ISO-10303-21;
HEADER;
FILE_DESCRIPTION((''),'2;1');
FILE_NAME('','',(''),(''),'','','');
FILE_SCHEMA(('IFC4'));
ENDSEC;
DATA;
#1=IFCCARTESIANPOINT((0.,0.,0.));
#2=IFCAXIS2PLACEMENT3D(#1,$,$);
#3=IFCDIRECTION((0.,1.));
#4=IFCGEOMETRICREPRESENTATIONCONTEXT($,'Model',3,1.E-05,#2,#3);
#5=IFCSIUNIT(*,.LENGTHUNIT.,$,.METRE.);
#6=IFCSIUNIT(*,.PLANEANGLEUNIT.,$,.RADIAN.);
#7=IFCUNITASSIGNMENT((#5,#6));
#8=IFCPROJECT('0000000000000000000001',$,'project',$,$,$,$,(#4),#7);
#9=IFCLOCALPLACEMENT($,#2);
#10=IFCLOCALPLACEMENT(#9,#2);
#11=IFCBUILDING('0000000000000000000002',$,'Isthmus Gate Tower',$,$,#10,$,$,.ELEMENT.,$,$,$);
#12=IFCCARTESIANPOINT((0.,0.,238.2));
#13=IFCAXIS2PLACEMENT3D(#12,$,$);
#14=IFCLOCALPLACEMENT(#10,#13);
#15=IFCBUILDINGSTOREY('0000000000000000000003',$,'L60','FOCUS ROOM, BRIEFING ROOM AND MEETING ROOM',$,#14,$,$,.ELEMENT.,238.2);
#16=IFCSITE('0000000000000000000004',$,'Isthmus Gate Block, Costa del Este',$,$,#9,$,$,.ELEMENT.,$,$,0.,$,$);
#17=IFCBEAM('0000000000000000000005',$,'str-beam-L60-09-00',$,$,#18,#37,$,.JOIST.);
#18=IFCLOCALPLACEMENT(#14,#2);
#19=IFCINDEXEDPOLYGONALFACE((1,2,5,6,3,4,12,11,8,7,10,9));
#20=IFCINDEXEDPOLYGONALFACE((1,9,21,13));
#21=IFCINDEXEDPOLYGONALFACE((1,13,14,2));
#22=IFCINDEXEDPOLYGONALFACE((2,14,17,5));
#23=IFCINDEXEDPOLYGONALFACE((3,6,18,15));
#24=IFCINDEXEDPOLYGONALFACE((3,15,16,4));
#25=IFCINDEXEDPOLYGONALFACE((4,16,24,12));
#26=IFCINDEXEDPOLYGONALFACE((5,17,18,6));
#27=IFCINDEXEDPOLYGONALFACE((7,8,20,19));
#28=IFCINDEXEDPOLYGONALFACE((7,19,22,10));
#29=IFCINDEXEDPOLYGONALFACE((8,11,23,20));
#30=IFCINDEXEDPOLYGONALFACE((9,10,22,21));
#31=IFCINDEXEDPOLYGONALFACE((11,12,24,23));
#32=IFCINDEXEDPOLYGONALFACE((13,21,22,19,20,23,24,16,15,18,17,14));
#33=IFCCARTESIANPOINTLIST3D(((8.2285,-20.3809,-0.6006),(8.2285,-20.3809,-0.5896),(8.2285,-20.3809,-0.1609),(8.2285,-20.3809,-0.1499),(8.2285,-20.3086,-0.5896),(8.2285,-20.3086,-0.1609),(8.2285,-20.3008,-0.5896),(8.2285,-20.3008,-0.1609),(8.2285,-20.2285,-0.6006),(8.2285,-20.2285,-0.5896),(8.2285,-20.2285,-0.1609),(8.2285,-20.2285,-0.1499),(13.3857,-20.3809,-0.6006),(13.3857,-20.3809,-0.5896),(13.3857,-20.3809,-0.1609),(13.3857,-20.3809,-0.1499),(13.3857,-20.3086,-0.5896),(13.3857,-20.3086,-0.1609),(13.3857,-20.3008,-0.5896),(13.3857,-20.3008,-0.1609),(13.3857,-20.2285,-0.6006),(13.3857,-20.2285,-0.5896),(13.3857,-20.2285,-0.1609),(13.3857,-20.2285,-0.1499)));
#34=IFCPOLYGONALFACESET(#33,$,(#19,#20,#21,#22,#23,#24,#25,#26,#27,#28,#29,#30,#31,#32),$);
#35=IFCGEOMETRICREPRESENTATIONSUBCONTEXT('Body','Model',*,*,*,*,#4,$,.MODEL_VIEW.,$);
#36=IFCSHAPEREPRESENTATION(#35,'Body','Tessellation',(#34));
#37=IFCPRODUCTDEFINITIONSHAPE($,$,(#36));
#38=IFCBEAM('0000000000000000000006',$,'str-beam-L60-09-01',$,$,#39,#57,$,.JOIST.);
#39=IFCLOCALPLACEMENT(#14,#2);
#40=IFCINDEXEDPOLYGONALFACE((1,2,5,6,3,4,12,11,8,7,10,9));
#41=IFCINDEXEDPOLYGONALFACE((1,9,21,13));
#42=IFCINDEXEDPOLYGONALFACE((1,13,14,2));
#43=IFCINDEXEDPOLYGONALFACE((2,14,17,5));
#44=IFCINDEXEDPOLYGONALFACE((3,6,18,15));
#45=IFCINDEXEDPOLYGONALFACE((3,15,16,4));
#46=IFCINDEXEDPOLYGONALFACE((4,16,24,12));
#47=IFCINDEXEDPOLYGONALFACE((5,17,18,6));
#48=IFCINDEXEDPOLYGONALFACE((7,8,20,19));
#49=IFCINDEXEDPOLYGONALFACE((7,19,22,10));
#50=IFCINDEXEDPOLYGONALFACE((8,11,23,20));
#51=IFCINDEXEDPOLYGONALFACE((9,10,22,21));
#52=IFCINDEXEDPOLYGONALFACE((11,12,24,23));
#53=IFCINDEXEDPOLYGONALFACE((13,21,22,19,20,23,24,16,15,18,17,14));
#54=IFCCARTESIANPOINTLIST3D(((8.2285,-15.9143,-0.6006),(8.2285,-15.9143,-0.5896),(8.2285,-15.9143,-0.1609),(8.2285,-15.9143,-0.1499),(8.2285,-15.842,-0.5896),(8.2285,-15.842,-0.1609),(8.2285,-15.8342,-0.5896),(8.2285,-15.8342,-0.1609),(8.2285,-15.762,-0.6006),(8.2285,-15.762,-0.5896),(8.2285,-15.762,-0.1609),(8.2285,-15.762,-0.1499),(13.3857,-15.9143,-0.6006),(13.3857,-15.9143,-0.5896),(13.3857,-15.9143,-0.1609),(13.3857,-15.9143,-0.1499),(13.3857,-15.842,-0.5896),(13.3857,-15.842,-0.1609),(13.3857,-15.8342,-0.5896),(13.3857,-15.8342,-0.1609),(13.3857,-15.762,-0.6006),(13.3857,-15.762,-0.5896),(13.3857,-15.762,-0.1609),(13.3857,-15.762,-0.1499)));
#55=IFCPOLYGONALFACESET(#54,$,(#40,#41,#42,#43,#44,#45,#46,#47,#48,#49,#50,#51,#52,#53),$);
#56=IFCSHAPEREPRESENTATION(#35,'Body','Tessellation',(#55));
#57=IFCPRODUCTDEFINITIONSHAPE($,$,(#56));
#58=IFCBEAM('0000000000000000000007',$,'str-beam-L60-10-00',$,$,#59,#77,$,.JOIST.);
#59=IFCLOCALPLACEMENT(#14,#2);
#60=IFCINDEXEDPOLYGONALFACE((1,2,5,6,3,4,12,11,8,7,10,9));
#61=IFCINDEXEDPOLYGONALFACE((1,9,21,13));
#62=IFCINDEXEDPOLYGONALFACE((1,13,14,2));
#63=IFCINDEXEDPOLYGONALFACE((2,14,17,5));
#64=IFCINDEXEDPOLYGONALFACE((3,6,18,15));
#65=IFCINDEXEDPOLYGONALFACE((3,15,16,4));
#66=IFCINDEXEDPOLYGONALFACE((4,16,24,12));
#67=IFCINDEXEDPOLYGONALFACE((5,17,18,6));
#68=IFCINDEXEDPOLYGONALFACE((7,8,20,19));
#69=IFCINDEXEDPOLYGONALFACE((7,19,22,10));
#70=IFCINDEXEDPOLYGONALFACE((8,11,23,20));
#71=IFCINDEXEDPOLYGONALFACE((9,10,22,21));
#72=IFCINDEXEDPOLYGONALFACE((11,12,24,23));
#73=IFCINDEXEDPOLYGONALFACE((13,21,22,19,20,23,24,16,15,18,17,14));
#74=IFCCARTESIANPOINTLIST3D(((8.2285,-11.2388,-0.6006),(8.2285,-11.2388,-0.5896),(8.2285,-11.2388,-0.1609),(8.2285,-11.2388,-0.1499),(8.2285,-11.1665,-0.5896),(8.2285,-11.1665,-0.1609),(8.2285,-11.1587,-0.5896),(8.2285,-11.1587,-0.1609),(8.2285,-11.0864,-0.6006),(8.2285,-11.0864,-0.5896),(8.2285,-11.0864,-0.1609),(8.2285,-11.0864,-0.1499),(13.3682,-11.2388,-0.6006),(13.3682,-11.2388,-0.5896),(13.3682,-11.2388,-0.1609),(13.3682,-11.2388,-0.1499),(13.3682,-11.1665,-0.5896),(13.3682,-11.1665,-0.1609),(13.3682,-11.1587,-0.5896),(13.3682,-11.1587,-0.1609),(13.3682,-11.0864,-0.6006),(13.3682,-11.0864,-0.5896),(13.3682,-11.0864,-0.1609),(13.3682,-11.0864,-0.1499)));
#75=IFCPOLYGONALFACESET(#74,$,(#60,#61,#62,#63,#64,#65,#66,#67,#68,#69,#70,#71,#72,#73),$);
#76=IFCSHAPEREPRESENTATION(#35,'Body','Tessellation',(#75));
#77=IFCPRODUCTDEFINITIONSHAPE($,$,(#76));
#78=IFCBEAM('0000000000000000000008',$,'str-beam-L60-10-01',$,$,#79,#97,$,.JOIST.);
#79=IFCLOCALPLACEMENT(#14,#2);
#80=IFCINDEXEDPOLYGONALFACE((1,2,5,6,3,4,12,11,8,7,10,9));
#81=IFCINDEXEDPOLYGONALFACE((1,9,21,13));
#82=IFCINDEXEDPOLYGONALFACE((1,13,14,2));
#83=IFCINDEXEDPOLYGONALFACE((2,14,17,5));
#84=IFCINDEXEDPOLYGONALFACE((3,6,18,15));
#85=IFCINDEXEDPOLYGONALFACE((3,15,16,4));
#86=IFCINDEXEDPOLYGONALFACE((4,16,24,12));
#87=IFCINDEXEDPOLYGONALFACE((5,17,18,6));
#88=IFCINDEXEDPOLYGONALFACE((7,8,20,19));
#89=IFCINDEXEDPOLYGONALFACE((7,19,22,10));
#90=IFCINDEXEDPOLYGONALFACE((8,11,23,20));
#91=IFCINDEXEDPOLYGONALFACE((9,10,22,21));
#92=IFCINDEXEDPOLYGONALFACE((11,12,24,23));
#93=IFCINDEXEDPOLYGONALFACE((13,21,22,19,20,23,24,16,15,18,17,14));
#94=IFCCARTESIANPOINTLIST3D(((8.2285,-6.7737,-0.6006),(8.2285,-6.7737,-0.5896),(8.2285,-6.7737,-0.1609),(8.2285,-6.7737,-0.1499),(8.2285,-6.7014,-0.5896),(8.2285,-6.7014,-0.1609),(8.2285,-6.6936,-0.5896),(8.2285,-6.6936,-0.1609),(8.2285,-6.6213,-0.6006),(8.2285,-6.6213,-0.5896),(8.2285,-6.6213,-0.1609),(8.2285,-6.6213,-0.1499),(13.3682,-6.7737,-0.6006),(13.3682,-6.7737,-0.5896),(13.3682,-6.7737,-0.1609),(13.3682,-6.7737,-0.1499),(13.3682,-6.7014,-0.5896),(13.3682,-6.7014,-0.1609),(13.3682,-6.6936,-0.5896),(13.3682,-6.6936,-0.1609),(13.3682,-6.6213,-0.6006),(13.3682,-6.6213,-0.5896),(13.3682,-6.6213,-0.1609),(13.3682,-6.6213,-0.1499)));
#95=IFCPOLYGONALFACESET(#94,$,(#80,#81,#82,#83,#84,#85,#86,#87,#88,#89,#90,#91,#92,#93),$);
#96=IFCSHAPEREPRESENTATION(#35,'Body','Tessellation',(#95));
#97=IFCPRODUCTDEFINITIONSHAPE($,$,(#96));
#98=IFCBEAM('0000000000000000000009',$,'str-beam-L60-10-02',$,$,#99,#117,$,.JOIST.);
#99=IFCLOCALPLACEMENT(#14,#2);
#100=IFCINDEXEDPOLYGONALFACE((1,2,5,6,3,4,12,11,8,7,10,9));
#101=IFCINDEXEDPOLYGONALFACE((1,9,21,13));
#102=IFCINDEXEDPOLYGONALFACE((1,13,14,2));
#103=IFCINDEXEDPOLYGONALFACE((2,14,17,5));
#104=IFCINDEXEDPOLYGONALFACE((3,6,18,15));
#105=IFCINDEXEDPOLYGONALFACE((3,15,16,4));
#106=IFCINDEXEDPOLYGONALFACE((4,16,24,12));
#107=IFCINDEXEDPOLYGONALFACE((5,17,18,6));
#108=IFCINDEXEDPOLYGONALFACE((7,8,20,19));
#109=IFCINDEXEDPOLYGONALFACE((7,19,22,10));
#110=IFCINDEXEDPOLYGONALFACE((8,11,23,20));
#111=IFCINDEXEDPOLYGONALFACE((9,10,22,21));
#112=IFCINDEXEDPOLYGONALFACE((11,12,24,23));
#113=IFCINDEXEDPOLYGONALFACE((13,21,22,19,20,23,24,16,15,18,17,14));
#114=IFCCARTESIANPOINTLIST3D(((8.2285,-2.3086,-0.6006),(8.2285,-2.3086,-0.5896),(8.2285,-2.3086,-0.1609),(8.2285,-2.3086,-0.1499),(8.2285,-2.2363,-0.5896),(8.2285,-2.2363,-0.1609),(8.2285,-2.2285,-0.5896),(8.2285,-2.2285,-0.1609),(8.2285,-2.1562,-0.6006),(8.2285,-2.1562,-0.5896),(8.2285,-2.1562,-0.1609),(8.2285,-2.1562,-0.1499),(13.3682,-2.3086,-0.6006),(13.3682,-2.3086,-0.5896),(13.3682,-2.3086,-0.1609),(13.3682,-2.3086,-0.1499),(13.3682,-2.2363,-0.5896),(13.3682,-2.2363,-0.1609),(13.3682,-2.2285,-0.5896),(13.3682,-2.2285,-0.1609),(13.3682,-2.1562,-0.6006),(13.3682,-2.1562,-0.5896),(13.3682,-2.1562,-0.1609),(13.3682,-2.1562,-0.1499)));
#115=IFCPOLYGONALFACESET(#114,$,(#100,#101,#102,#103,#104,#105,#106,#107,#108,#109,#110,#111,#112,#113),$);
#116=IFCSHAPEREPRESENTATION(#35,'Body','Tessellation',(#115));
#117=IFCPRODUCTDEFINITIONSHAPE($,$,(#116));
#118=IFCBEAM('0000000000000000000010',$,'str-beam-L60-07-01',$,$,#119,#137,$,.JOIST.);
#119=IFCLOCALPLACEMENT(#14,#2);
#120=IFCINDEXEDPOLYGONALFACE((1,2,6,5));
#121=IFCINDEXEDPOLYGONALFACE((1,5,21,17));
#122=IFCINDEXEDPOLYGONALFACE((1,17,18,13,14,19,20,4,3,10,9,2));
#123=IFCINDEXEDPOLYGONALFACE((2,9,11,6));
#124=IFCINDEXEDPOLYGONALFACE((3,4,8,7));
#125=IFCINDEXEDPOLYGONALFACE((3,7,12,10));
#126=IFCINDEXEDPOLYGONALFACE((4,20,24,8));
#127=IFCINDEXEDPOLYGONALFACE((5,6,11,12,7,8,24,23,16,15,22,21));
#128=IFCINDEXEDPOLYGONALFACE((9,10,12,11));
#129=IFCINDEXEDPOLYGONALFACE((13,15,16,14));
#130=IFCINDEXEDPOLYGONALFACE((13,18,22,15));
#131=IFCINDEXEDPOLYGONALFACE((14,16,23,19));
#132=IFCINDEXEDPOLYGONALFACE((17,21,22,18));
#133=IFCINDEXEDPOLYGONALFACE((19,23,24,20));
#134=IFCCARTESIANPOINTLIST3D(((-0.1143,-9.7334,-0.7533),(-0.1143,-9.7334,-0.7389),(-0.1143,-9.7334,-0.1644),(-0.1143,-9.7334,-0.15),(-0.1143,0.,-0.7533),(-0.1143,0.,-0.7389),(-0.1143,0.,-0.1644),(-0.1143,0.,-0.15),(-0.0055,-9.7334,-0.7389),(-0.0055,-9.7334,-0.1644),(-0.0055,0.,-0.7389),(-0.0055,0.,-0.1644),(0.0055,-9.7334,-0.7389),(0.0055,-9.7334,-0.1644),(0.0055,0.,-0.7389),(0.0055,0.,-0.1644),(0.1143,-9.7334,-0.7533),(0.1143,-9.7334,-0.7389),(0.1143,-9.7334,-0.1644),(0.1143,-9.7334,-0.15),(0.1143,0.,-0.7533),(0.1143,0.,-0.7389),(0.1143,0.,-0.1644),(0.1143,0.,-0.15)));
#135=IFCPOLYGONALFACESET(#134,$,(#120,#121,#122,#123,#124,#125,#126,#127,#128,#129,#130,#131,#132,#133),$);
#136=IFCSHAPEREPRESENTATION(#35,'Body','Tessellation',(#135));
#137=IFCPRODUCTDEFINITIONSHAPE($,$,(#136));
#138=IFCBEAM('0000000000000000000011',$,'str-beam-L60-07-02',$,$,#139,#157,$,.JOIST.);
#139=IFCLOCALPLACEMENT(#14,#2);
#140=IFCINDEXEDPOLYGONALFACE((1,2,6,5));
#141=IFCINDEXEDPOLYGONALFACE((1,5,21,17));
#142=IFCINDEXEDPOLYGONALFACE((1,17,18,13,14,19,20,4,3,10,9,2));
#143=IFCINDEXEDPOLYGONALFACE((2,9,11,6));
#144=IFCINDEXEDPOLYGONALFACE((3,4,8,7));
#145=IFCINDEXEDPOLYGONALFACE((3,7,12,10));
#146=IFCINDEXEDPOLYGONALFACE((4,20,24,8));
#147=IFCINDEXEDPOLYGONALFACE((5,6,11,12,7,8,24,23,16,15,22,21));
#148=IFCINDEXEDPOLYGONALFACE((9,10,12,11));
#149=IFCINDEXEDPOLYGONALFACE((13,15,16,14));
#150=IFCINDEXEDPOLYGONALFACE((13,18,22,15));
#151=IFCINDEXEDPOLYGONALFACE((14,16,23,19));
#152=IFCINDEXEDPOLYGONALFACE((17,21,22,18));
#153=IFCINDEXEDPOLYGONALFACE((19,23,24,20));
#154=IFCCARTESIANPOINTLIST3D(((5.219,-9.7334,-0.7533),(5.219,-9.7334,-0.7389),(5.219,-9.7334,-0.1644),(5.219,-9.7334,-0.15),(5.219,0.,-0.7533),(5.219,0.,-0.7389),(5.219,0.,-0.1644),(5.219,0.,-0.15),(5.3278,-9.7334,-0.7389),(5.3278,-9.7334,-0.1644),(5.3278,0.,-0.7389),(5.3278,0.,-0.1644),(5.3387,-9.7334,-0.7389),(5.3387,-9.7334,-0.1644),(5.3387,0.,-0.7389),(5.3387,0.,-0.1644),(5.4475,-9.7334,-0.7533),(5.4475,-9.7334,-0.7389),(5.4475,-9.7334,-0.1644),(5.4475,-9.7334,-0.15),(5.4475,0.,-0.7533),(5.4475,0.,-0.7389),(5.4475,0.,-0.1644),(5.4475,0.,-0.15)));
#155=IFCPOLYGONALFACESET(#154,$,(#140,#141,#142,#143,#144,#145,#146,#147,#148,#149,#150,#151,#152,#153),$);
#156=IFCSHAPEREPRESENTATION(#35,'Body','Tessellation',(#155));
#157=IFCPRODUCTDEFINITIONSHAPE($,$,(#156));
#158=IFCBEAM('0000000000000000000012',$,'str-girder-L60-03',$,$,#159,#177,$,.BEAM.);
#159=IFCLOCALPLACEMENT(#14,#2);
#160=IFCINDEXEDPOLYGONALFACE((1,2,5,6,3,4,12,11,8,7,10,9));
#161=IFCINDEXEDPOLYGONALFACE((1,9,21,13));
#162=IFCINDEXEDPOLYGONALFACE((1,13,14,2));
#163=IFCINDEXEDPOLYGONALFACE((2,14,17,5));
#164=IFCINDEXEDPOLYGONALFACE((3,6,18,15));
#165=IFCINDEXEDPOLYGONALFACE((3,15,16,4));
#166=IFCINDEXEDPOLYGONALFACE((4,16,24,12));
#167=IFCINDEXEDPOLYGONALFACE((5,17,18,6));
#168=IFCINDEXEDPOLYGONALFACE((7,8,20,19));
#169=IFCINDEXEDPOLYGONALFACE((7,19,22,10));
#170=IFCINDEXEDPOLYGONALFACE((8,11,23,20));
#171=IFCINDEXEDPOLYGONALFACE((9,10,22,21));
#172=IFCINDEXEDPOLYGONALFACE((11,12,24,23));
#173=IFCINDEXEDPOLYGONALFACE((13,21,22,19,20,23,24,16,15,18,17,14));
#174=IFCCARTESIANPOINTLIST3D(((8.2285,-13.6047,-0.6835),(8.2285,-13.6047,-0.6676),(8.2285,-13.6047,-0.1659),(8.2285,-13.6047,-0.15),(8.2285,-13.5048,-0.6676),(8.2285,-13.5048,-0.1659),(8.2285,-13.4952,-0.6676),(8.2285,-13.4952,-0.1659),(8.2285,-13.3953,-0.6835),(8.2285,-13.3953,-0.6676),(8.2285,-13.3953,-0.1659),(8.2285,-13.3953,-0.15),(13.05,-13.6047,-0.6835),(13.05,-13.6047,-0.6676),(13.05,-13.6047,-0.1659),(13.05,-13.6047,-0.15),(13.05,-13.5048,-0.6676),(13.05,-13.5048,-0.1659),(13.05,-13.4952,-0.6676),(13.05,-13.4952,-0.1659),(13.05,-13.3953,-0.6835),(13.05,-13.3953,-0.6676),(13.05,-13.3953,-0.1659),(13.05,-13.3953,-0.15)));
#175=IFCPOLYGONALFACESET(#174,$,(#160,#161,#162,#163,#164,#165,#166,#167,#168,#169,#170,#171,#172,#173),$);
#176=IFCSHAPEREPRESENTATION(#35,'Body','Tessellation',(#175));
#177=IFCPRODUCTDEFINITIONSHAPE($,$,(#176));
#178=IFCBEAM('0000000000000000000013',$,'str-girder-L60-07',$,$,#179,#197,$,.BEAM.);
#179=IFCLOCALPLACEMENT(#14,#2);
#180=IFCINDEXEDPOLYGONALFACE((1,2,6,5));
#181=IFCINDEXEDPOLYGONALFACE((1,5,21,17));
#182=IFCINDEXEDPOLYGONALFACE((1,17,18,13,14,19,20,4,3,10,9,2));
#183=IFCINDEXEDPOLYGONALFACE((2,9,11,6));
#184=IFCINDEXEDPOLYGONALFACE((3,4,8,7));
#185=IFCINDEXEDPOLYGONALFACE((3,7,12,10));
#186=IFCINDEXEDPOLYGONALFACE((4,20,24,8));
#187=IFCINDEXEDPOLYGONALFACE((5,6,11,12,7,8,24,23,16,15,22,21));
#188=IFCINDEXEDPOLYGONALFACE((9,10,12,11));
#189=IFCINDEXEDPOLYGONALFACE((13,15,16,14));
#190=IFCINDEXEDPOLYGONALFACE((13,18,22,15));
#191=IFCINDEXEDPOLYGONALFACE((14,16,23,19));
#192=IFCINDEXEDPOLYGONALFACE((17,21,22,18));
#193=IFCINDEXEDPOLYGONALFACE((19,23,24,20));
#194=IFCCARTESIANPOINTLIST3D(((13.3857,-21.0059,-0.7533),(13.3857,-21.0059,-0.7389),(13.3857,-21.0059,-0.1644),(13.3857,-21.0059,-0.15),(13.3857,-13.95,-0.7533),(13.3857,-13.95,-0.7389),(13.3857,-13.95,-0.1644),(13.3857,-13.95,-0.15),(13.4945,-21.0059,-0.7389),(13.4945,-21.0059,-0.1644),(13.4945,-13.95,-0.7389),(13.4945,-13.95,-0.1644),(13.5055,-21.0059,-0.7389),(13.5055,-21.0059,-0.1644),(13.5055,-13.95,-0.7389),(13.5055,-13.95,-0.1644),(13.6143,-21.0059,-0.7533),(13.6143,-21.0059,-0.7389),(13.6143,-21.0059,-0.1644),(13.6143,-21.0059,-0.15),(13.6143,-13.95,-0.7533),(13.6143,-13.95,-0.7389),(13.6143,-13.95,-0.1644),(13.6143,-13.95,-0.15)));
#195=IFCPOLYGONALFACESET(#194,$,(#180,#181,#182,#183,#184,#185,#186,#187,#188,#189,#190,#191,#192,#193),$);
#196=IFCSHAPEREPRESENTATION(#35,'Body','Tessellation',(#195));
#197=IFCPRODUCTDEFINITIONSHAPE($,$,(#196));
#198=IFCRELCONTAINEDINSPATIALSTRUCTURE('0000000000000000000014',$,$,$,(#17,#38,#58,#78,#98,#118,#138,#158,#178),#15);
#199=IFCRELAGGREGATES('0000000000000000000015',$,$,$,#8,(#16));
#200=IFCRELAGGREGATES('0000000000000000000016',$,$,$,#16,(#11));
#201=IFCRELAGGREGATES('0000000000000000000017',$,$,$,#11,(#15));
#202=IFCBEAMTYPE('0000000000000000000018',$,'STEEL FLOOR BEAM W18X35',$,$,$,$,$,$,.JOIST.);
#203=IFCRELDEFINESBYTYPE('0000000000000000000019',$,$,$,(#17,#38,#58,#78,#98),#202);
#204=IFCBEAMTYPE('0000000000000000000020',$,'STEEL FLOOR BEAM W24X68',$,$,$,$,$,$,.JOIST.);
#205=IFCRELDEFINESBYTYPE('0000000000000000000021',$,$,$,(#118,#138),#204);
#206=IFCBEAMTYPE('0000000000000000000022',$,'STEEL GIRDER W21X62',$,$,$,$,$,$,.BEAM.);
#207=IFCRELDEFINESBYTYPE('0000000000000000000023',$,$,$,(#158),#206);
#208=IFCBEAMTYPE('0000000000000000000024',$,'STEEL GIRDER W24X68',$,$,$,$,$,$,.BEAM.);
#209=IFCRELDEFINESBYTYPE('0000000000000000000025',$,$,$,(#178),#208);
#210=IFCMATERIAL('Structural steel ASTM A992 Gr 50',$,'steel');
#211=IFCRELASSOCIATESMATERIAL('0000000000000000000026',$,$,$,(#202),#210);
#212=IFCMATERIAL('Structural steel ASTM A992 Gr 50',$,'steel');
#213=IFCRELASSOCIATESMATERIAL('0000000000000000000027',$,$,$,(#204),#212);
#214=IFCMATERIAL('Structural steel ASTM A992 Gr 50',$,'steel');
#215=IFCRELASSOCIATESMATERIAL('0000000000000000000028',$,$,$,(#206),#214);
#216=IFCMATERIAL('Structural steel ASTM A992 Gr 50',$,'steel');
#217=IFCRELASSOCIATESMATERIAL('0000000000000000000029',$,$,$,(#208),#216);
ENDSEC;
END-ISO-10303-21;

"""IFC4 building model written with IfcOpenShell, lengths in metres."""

from ifc_helpers import new_model, si_unit, direction, frame, origin, origin_2d, place, context, subcontext, project, spatial, i_section, extrude, material, material_profile, profile_set, type_object, element, save


model = new_model("IFC4")

# Units and contexts
model_context = context("Model", 3, precision=1e-05, world=origin(), true_north=direction((0.0, 1.0)))
body_context = subcontext(model_context, "Body", "Model", "MODEL_VIEW")
ifc_project = project(units=[si_unit("LENGTHUNIT", "METRE"), si_unit("PLANEANGLEUNIT", "RADIAN")], contexts=[model_context])

# Site, building, storey
site_placement = place(None, origin())
site = spatial("IfcSite", under=ifc_project, at=site_placement, Name="Isthmus Gate Block, Costa del Este", CompositionType="ELEMENT", RefElevation=0.0)
building_placement = place(site_placement, origin())
building = spatial("IfcBuilding", under=site, at=building_placement, Name="Isthmus Gate Tower", CompositionType="ELEMENT")
storey_placement = place(building_placement, frame((0.0, 0.0, 238.2)))
storey = spatial("IfcBuildingStorey", under=building, at=storey_placement, Name="L60", Description="FOCUS ROOM, BRIEFING ROOM AND MEETING ROOM", CompositionType="ELEMENT", Elevation=238.2)

# Beams
ifc_material_1 = material(Name="Structural steel ASTM A992 Gr 50", Category="steel")
ifc_material_profile_1 = material_profile(ifc_material_1, i_section(OverallWidth=0.1523, OverallDepth=0.4507, WebThickness=0.0078, FlangeThickness=0.011, at=origin_2d()), Name="W18X35")
ifc_profile_set_1 = profile_set([ifc_material_profile_1], Name="Structural steel ASTM A992 Gr 50")
beam_type_1 = type_object("IfcBeamType", Name="STEEL FLOOR BEAM W18X35", PredefinedType="JOIST", material=ifc_profile_set_1)
for number, where, z_axis, x_axis, name in (
    (1, (8.2285, -20.3047, -0.3752), (1.0, 0.0, 0.0), (0.0, 1.0, 0.0), "str-beam-L60-09-00"),
    (2, (8.2285, -15.8381, -0.3752), (1.0, 0.0, 0.0), (0.0, 1.0, 0.0), "str-beam-L60-09-01"),
):
    element("IfcBeam", number, at=place(storey_placement, frame(where, z_axis=z_axis, x_axis=x_axis)), inside=storey, type_object=beam_type_1, Name=name, PredefinedType="JOIST", context=body_context, shape_type="SweptSolid", body=[
        extrude(i_section(OverallWidth=0.1523, OverallDepth=0.4507, WebThickness=0.0078, FlangeThickness=0.011, at=origin_2d()), origin(), (0.0, 0.0, 1.0), 5.1572),
    ])
for number, where, z_axis, x_axis, name in (
    (3, (8.2285, -11.1626, -0.3752), (1.0, 0.0, 0.0), (0.0, 1.0, 0.0), "str-beam-L60-10-00"),
    (4, (8.2285, -6.6975, -0.3752), (1.0, 0.0, 0.0), (0.0, 1.0, 0.0), "str-beam-L60-10-01"),
    (5, (8.2285, -2.2324, -0.3752), (1.0, 0.0, 0.0), (0.0, 1.0, 0.0), "str-beam-L60-10-02"),
):
    element("IfcBeam", number, at=place(storey_placement, frame(where, z_axis=z_axis, x_axis=x_axis)), inside=storey, type_object=beam_type_1, Name=name, PredefinedType="JOIST", context=body_context, shape_type="SweptSolid", body=[
        extrude(i_section(OverallWidth=0.1523, OverallDepth=0.4507, WebThickness=0.0078, FlangeThickness=0.011, at=origin_2d()), origin(), (0.0, 0.0, 1.0), 5.1396),
    ])
ifc_material_2 = material(Name="Structural steel ASTM A992 Gr 50", Category="steel")
ifc_material_profile_2 = material_profile(ifc_material_2, i_section(OverallWidth=0.2285, OverallDepth=0.6033, WebThickness=0.011, FlangeThickness=0.0144, at=origin_2d()), Name="W24X68")
ifc_profile_set_2 = profile_set([ifc_material_profile_2], Name="Structural steel ASTM A992 Gr 50")
beam_type_2 = type_object("IfcBeamType", Name="STEEL FLOOR BEAM W24X68", PredefinedType="JOIST", material=ifc_profile_set_2)
for number, where, z_axis, x_axis, name in (
    (6, (0.0, -9.7334, -0.4517), (0.0, 1.0, 0.0), (-1.0, 0.0, 0.0), "str-beam-L60-07-01"),
    (7, (5.3333, -9.7334, -0.4517), (0.0, 1.0, 0.0), (-1.0, 0.0, 0.0), "str-beam-L60-07-02"),
):
    element("IfcBeam", number, at=place(storey_placement, frame(where, z_axis=z_axis, x_axis=x_axis)), inside=storey, type_object=beam_type_2, Name=name, PredefinedType="JOIST", context=body_context, shape_type="SweptSolid", body=[
        extrude(i_section(OverallWidth=0.2285, OverallDepth=0.6033, WebThickness=0.011, FlangeThickness=0.0144, at=origin_2d()), origin(), (0.0, 0.0, 1.0), 9.7334),
    ])
ifc_material_3 = material(Name="Structural steel ASTM A992 Gr 50", Category="steel")
ifc_material_profile_3 = material_profile(ifc_material_3, i_section(OverallWidth=0.2095, OverallDepth=0.5334, WebThickness=0.0095, FlangeThickness=0.0159, at=origin_2d()), Name="W21X62")
ifc_profile_set_3 = profile_set([ifc_material_profile_3], Name="Structural steel ASTM A992 Gr 50")
beam_type_3 = type_object("IfcBeamType", Name="STEEL GIRDER W21X62", PredefinedType="BEAM", material=ifc_profile_set_3)
beam_1_placement = place(storey_placement, frame((8.2285, -13.5, -0.4167), z_axis=(1.0, 0.0, 0.0), x_axis=(0.0, 1.0, 0.0)))
element("IfcBeam", 8, at=beam_1_placement, inside=storey, type_object=beam_type_3, Name="str-girder-L60-03", PredefinedType="BEAM", context=body_context, shape_type="SweptSolid", body=[
    extrude(i_section(OverallWidth=0.2095, OverallDepth=0.5334, WebThickness=0.0095, FlangeThickness=0.0159, at=origin_2d()), origin(), (0.0, 0.0, 1.0), 4.8215),
])
ifc_material_4 = material(Name="Structural steel ASTM A992 Gr 50", Category="steel")
ifc_material_profile_4 = material_profile(ifc_material_4, i_section(OverallWidth=0.2285, OverallDepth=0.6033, WebThickness=0.011, FlangeThickness=0.0144, at=origin_2d()), Name="W24X68")
ifc_profile_set_4 = profile_set([ifc_material_profile_4], Name="Structural steel ASTM A992 Gr 50")
beam_type_4 = type_object("IfcBeamType", Name="STEEL GIRDER W24X68", PredefinedType="BEAM", material=ifc_profile_set_4)
beam_2_placement = place(storey_placement, frame((13.5, -21.0059, -0.4517), z_axis=(0.0, 1.0, 0.0), x_axis=(-1.0, 0.0, 0.0)))
element("IfcBeam", 9, at=beam_2_placement, inside=storey, type_object=beam_type_4, Name="str-girder-L60-07", PredefinedType="BEAM", context=body_context, shape_type="SweptSolid", body=[
    extrude(i_section(OverallWidth=0.2285, OverallDepth=0.6033, WebThickness=0.011, FlangeThickness=0.0144, at=origin_2d()), origin(), (0.0, 0.0, 1.0), 7.0559),
])

save(model, "model.ifc")
